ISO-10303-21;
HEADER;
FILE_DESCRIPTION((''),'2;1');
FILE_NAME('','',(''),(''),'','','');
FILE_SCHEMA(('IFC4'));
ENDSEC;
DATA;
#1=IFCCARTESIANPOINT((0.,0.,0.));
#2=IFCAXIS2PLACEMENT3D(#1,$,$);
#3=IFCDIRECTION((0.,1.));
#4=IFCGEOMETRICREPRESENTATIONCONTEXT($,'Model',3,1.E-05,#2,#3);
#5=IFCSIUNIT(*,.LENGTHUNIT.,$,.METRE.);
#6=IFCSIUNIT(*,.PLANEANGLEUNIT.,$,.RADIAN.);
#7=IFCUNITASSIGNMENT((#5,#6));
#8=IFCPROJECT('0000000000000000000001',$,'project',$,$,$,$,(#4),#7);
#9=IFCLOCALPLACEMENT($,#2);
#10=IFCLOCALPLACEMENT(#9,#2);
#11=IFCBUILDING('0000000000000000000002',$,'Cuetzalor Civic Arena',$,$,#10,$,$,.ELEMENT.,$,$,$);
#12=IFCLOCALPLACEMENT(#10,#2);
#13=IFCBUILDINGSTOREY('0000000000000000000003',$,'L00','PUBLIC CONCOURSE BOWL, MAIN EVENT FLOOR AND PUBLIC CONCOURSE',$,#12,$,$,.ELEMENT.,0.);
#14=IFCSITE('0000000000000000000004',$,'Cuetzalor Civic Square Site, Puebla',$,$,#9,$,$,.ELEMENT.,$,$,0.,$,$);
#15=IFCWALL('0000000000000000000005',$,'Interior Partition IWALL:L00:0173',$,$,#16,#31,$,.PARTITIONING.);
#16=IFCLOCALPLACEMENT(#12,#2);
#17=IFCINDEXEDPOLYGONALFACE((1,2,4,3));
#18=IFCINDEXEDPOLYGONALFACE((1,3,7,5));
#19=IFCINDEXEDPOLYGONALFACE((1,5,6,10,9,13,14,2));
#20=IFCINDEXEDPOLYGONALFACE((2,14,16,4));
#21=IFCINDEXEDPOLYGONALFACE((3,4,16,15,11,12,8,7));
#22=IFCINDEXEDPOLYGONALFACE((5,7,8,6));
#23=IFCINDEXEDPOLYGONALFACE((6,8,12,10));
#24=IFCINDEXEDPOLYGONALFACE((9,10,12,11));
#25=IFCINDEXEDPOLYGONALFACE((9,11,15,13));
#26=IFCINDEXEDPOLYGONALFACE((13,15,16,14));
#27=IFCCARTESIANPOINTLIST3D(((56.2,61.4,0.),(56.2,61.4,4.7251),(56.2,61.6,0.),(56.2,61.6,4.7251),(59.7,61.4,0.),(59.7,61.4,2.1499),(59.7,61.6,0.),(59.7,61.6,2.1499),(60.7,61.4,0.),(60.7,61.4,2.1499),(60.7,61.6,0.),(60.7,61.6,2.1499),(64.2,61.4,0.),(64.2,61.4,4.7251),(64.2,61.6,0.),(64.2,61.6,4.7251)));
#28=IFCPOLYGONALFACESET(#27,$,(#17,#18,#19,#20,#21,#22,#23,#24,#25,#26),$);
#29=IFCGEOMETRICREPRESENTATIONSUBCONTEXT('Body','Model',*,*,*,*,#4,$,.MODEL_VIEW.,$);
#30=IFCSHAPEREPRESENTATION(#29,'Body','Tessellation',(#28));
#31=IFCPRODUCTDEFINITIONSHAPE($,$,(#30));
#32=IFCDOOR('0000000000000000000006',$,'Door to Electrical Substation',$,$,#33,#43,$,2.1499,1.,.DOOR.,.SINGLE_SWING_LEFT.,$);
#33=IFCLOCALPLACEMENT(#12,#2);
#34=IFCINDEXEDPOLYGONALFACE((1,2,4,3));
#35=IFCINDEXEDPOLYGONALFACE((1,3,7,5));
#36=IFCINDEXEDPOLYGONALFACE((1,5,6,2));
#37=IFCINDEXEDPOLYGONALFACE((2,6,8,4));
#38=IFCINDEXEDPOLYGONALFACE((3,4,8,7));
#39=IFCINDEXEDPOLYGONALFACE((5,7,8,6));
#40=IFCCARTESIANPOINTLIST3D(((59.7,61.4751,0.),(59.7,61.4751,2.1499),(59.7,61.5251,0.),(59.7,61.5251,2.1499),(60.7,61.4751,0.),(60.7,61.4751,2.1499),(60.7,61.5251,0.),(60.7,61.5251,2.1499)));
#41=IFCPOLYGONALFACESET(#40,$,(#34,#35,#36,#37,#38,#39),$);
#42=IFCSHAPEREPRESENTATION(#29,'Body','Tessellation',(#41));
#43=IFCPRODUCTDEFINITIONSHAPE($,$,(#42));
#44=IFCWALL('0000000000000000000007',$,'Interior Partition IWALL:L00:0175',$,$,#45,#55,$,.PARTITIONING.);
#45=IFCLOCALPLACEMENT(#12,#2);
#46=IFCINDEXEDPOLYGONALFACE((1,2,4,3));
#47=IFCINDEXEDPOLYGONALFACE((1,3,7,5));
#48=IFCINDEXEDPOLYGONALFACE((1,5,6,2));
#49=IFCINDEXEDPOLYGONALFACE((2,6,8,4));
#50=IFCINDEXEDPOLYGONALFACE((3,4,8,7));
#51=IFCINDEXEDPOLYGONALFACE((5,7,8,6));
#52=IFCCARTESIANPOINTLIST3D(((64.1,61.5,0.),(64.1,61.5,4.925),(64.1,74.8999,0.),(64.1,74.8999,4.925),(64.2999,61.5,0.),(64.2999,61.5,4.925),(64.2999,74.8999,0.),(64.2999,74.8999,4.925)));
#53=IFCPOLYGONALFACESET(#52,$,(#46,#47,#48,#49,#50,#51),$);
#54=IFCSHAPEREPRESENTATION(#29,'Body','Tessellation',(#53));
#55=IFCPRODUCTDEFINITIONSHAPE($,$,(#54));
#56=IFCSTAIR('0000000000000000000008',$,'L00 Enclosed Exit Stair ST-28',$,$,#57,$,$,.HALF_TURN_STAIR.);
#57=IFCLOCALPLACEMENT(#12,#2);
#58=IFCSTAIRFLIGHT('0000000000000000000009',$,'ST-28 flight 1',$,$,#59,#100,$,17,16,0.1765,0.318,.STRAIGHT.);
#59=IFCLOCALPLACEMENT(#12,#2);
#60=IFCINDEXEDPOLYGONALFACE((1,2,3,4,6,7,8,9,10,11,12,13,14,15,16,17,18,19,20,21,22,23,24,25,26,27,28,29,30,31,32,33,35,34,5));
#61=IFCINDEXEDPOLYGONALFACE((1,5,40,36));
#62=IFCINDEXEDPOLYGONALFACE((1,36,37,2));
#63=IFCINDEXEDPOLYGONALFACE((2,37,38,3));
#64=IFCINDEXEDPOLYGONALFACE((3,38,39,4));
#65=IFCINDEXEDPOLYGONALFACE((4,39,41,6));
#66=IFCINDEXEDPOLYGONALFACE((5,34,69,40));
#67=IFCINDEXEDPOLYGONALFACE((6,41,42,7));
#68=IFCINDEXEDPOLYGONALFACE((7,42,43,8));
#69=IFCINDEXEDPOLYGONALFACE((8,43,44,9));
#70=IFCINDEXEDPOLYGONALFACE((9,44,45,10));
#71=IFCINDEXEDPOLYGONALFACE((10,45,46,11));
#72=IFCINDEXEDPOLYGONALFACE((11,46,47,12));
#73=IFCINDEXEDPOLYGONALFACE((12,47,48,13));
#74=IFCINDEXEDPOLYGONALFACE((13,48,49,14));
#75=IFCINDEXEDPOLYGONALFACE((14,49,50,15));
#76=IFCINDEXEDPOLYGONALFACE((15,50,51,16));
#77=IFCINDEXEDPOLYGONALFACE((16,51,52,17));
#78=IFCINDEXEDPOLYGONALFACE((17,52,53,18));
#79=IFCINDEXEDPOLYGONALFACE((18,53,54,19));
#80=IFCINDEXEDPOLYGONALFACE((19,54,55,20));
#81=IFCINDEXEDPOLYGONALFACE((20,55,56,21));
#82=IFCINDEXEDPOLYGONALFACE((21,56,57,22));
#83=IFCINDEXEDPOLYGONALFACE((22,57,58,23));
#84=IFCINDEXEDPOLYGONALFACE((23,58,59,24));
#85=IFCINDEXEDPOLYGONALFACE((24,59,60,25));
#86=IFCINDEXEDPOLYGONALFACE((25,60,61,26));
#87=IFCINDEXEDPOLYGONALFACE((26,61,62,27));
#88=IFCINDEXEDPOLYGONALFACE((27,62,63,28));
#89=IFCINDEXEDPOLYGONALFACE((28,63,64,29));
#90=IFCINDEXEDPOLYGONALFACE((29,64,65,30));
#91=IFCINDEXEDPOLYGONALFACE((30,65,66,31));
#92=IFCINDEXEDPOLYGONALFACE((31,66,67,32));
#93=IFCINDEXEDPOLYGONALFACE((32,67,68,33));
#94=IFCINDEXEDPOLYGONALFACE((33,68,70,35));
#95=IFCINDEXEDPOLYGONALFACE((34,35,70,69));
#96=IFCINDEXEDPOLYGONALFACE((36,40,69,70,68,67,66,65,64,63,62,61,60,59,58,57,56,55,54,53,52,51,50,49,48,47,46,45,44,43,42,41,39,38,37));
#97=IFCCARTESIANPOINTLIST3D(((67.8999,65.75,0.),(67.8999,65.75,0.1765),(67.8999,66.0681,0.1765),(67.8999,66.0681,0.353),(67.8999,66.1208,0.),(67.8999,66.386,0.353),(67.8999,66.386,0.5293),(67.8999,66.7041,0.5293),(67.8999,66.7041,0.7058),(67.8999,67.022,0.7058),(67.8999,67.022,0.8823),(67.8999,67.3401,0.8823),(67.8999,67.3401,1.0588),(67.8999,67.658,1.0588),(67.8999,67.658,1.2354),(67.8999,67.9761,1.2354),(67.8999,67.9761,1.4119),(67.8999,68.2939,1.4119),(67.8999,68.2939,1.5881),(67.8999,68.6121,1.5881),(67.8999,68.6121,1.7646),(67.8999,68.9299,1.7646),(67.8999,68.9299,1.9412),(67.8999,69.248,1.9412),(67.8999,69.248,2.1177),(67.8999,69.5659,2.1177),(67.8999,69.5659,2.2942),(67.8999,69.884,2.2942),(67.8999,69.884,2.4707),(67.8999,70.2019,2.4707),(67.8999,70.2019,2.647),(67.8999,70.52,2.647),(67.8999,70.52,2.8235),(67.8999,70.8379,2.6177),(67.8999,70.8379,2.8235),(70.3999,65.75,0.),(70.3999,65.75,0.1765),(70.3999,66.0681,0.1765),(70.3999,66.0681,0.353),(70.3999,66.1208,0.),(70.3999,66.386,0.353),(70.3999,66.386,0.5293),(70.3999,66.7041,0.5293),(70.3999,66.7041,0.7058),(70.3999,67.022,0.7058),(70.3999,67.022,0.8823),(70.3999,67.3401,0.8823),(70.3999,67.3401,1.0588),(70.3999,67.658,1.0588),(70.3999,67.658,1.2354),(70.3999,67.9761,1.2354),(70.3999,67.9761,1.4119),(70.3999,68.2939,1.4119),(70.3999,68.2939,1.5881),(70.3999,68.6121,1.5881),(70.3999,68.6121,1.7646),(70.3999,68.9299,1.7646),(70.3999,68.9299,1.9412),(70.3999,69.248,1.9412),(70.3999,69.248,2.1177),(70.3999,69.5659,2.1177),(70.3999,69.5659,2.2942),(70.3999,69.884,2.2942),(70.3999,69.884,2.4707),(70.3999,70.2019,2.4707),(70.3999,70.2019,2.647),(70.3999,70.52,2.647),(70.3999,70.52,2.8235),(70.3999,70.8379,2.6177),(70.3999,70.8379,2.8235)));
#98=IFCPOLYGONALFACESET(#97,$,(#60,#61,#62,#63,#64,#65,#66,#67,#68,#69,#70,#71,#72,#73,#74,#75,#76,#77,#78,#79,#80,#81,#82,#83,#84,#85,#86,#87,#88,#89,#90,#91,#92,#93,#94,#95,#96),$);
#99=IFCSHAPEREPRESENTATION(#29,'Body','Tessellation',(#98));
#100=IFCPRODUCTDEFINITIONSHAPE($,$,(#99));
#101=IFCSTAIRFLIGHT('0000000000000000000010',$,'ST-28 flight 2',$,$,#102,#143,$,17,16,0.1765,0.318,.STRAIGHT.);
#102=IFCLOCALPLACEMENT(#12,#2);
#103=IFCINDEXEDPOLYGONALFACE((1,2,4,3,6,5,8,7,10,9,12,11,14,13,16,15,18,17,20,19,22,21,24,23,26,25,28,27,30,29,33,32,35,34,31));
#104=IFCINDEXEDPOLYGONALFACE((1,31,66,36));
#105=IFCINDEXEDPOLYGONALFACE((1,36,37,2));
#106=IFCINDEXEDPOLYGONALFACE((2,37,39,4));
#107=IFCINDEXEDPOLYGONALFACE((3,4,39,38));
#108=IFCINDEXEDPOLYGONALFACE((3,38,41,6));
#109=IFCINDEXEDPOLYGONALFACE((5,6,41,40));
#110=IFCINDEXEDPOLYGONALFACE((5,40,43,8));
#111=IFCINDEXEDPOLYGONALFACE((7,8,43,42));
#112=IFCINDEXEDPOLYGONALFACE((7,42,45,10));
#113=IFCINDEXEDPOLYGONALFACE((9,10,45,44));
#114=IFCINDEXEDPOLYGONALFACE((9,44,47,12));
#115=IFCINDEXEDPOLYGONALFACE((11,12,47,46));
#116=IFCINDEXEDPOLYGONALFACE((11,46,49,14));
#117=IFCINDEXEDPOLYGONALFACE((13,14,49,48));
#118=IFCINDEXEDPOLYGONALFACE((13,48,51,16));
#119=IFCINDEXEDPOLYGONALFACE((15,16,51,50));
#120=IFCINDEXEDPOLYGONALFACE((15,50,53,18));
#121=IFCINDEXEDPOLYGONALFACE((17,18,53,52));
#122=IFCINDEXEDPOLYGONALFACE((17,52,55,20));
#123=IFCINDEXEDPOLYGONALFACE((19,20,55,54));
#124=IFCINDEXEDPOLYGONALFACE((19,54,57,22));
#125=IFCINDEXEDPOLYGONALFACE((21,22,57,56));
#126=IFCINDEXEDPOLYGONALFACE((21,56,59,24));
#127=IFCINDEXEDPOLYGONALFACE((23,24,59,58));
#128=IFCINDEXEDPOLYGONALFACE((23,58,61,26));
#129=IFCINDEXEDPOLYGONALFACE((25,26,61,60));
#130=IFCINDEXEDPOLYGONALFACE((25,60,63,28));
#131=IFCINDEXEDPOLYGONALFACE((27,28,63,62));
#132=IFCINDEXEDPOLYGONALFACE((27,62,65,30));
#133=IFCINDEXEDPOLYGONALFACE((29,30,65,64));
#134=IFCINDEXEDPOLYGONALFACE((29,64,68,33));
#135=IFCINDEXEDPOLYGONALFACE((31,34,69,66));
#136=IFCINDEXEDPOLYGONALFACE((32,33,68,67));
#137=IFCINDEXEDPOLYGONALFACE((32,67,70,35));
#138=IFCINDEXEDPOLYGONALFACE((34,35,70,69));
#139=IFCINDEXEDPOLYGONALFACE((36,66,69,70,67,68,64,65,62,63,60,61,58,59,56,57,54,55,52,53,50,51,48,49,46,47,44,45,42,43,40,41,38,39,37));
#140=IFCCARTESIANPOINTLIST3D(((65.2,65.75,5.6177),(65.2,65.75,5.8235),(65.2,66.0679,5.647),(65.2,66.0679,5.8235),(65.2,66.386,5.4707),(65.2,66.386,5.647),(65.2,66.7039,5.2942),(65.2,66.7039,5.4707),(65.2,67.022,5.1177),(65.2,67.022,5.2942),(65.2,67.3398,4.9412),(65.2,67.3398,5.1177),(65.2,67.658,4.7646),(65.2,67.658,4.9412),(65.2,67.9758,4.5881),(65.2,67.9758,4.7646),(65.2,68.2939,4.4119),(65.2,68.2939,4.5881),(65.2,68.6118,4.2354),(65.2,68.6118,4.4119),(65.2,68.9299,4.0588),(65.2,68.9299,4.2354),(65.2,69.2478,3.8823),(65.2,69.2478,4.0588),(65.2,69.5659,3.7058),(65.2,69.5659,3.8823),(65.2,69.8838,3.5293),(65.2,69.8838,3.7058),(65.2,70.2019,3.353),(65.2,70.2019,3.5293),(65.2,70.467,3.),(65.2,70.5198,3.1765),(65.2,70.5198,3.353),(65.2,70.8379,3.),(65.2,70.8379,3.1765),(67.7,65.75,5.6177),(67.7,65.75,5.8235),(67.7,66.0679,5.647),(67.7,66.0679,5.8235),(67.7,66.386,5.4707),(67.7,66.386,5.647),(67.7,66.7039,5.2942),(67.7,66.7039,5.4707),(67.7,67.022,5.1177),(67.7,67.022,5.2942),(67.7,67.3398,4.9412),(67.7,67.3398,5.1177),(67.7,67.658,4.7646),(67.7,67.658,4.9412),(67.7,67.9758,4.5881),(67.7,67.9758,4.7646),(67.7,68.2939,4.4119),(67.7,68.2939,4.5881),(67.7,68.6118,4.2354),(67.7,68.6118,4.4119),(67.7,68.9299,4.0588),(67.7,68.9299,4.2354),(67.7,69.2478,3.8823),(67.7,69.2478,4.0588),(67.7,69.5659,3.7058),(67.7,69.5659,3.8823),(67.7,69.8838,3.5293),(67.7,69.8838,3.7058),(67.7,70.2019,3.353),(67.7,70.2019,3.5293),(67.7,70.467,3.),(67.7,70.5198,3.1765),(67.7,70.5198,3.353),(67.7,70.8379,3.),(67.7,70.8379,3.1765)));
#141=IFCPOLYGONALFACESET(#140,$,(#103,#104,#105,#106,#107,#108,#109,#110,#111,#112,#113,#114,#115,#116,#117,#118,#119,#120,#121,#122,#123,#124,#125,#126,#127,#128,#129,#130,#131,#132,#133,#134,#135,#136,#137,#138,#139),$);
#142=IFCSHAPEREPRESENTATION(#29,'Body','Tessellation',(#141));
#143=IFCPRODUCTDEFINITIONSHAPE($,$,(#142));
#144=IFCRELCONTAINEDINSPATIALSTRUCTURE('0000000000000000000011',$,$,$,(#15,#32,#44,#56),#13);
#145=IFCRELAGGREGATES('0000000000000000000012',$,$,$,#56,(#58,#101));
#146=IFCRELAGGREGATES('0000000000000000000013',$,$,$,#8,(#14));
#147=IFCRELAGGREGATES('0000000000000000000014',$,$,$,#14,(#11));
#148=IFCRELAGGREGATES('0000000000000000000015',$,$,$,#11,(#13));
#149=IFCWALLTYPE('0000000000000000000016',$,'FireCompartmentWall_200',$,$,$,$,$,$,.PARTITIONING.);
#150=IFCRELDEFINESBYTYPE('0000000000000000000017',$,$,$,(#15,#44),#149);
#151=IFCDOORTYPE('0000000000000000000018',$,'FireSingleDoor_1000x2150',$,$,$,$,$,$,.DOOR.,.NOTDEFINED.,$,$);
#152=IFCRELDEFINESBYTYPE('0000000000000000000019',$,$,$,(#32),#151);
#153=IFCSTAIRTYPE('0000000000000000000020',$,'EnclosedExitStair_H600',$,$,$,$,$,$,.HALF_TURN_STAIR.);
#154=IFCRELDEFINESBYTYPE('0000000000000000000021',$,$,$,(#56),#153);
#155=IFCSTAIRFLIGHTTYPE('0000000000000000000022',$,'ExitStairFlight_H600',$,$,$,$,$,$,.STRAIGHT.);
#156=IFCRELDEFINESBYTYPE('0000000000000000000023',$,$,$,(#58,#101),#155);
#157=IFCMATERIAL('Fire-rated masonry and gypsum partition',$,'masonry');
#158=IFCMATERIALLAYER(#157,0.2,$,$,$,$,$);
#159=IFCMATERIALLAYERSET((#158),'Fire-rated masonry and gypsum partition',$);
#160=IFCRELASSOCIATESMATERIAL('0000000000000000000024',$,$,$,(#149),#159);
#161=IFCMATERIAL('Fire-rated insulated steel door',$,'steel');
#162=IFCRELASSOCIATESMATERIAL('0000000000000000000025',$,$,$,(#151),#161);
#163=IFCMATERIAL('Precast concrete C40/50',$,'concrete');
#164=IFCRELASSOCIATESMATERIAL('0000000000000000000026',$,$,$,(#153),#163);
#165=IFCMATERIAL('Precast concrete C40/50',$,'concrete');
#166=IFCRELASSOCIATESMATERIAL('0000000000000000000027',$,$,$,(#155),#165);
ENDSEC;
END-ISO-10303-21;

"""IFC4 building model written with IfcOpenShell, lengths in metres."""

from ifc_helpers import new_model, si_unit, direction, frame, frame_2d, origin, place, context, subcontext, project, spatial, polyline, rectangle, outline, extrude, material, layer, layer_set, type_object, element, fill, aggregate, save


model = new_model("IFC4")

# Units and contexts
model_context = context("Model", 3, precision=1e-05, world=origin(), true_north=direction((0.0, 1.0)))
body_context = subcontext(model_context, "Body", "Model", "MODEL_VIEW")
ifc_project = project(units=[si_unit("LENGTHUNIT", "METRE"), si_unit("PLANEANGLEUNIT", "RADIAN")], contexts=[model_context])

# Site, building, storey
site_placement = place(None, origin())
site = spatial("IfcSite", under=ifc_project, at=site_placement, Name="Cuetzalor Civic Square Site, Puebla", CompositionType="ELEMENT", RefElevation=0.0)
building_placement = place(site_placement, origin())
building = spatial("IfcBuilding", under=site, at=building_placement, Name="Cuetzalor Civic Arena", CompositionType="ELEMENT")
storey_placement = place(building_placement, origin())
storey = spatial("IfcBuildingStorey", under=building, at=storey_placement, Name="L00", Description="PUBLIC CONCOURSE BOWL, MAIN EVENT FLOOR AND PUBLIC CONCOURSE", CompositionType="ELEMENT", Elevation=0.0)

# Wall, opening, door
ifc_material_1 = material(Name="Fire-rated masonry and gypsum partition", Category="masonry")
ifc_layer_1 = layer(ifc_material_1, 0.2)
ifc_layer_set_1 = layer_set([ifc_layer_1], Name="Fire-rated masonry and gypsum partition")
wall_type_1 = type_object("IfcWallType", Name="FireCompartmentWall_200", PredefinedType="PARTITIONING", material=ifc_layer_set_1)
wall_1_placement = place(storey_placement, frame((64.2, 61.5, 0.0), z_axis=(0.0, 0.0, 1.0), x_axis=(-1.0, 0.0, 0.0)))
wall_1 = element("IfcWall", 1, at=wall_1_placement, inside=storey, type_object=wall_type_1, Name="Interior Partition IWALL:L00:0173", PredefinedType="PARTITIONING", context=body_context, shape_type="SweptSolid", body=[
    extrude(rectangle(XDim=8.0, YDim=0.2, at=frame_2d((4.0, 0.0))), origin(), (0.0, 0.0, 1.0), 4.7251),
])
opening_1_placement = place(wall_1_placement, frame((3.5, 0.0, 0.0)))
opening_1 = element("IfcOpeningElement", 2, at=opening_1_placement, cuts=wall_1, PredefinedType="OPENING", context=body_context, shape_type="SweptSolid", body=[
    extrude(rectangle(XDim=1.0, YDim=2.1499, at=frame_2d((0.5, 1.075))), frame((0.0, 0.1099, 0.0), z_axis=(0.0, -1.0, 0.0), x_axis=(1.0, 0.0, 0.0)), (0.0, 0.0, 1.0), 0.22),
])
ifc_material_2 = material(Name="Fire-rated insulated steel door", Category="steel")
door_type_1 = type_object("IfcDoorType", Name="FireSingleDoor_1000x2150", OperationType="NOTDEFINED", PredefinedType="DOOR", material=ifc_material_2)
door_1_placement = place(opening_1_placement, origin())
door_1 = element("IfcDoor", 3, at=door_1_placement, inside=storey, type_object=door_type_1, Name="Door to Electrical Substation", OperationType="SINGLE_SWING_LEFT", OverallHeight=2.1499, OverallWidth=1.0, PredefinedType="DOOR", context=body_context, shape_type="SweptSolid", body=[
    extrude(rectangle(XDim=1.0, YDim=2.1499, at=frame_2d((0.5, 1.075))), frame((0.0, 0.0249, 0.0), z_axis=(0.0, -1.0, 0.0), x_axis=(1.0, 0.0, 0.0)), (0.0, 0.0, 1.0), 0.05),
])
fill(opening_1, door_1)

# Wall
wall_2_placement = place(storey_placement, frame((64.2, 74.8999, 0.0), z_axis=(0.0, 0.0, 1.0), x_axis=(0.0, -1.0, 0.0)))
element("IfcWall", 4, at=wall_2_placement, inside=storey, type_object=wall_type_1, Name="Interior Partition IWALL:L00:0175", PredefinedType="PARTITIONING", context=body_context, shape_type="SweptSolid", body=[
    extrude(rectangle(XDim=13.3999, YDim=0.2, at=frame_2d((6.7, 0.0))), origin(), (0.0, 0.0, 1.0), 4.925),
])

# Stair, stair flights
ifc_material_3 = material(Name="Precast concrete C40/50", Category="concrete")
stair_type = type_object("IfcStairType", Name="EnclosedExitStair_H600", PredefinedType="HALF_TURN_STAIR", material=ifc_material_3)
stair_placement = place(storey_placement, origin())
stair = element("IfcStair", 5, at=stair_placement, inside=storey, type_object=stair_type, Name="L00 Enclosed Exit Stair ST-28", PredefinedType="HALF_TURN_STAIR")
ifc_material_4 = material(Name="Precast concrete C40/50", Category="concrete")
stair_flight_type = type_object("IfcStairFlightType", Name="ExitStairFlight_H600", PredefinedType="STRAIGHT", material=ifc_material_4)
stair_flight_1_placement = place(storey_placement, frame((69.1499, 65.75, 0.0), z_axis=(0.0, 0.0, 1.0), x_axis=(0.0, 1.0, 0.0)))
stair_flight_1 = element("IfcStairFlight", 6, at=stair_flight_1_placement, type_object=stair_flight_type, Name="ST-28 flight 1", NumberOfRisers=17, NumberOfTreads=16, PredefinedType="STRAIGHT", RiserHeight=0.1765, TreadLength=0.318, context=body_context, shape_type="SweptSolid", body=[
    extrude(outline(polyline([(0.0, 0.0), (0.0, 0.1765), (0.3181, 0.1765), (0.3181, 0.353), (0.636, 0.353), (0.636, 0.5293), (0.9541, 0.5293), (0.9541, 0.7058), (1.272, 0.7058), (1.272, 0.8823), (1.5901, 0.8823), (1.5901, 1.0588), (1.908, 1.0588), (1.908, 1.2354), (2.2261, 1.2354), (2.2261, 1.4119), (2.5439, 1.4119), (2.5439, 1.5881), (2.8621, 1.5881), (2.8621, 1.7646), (3.1799, 1.7646), (3.1799, 1.9412), (3.498, 1.9412), (3.498, 2.1177), (3.8159, 2.1177), (3.8159, 2.2942), (4.134, 2.2942), (4.134, 2.4707), (4.4519, 2.4707), (4.4519, 2.647), (4.77, 2.647), (4.77, 2.8235), (5.0879, 2.8235), (5.0879, 3.0), (5.0879, 2.6177), (0.3708, 0.0), (0.0, 0.0)])), frame((0.0, 1.25, 0.0), z_axis=(0.0, -1.0, 0.0), x_axis=(1.0, 0.0, 0.0)), (0.0, 0.0, 1.0), 2.5),
])
stair_flight_2_placement = place(storey_placement, frame((66.45, 70.8379, 3.0), z_axis=(0.0, 0.0, 1.0), x_axis=(0.0, -1.0, 0.0)))
stair_flight_2 = element("IfcStairFlight", 7, at=stair_flight_2_placement, type_object=stair_flight_type, Name="ST-28 flight 2", NumberOfRisers=17, NumberOfTreads=16, PredefinedType="STRAIGHT", RiserHeight=0.1765, TreadLength=0.318, context=body_context, shape_type="SweptSolid", body=[
    extrude(outline(polyline([(0.0, 0.0), (0.0, 0.1765), (0.3181, 0.1765), (0.3181, 0.353), (0.636, 0.353), (0.636, 0.5293), (0.9541, 0.5293), (0.9541, 0.7058), (1.272, 0.7058), (1.272, 0.8823), (1.5901, 0.8823), (1.5901, 1.0588), (1.908, 1.0588), (1.908, 1.2354), (2.2261, 1.2354), (2.2261, 1.4119), (2.5439, 1.4119), (2.5439, 1.5881), (2.8621, 1.5881), (2.8621, 1.7646), (3.1799, 1.7646), (3.1799, 1.9412), (3.498, 1.9412), (3.498, 2.1177), (3.8159, 2.1177), (3.8159, 2.2942), (4.134, 2.2942), (4.134, 2.4707), (4.4519, 2.4707), (4.4519, 2.647), (4.77, 2.647), (4.77, 2.8235), (5.0879, 2.8235), (5.0879, 3.0), (5.0879, 2.6177), (0.3708, 0.0), (0.0, 0.0)])), frame((0.0, 1.25, 0.0), z_axis=(0.0, -1.0, 0.0), x_axis=(1.0, 0.0, 0.0)), (0.0, 0.0, 1.0), 2.5),
])
aggregate(stair, [stair_flight_1, stair_flight_2])

save(model, "model.ifc")
